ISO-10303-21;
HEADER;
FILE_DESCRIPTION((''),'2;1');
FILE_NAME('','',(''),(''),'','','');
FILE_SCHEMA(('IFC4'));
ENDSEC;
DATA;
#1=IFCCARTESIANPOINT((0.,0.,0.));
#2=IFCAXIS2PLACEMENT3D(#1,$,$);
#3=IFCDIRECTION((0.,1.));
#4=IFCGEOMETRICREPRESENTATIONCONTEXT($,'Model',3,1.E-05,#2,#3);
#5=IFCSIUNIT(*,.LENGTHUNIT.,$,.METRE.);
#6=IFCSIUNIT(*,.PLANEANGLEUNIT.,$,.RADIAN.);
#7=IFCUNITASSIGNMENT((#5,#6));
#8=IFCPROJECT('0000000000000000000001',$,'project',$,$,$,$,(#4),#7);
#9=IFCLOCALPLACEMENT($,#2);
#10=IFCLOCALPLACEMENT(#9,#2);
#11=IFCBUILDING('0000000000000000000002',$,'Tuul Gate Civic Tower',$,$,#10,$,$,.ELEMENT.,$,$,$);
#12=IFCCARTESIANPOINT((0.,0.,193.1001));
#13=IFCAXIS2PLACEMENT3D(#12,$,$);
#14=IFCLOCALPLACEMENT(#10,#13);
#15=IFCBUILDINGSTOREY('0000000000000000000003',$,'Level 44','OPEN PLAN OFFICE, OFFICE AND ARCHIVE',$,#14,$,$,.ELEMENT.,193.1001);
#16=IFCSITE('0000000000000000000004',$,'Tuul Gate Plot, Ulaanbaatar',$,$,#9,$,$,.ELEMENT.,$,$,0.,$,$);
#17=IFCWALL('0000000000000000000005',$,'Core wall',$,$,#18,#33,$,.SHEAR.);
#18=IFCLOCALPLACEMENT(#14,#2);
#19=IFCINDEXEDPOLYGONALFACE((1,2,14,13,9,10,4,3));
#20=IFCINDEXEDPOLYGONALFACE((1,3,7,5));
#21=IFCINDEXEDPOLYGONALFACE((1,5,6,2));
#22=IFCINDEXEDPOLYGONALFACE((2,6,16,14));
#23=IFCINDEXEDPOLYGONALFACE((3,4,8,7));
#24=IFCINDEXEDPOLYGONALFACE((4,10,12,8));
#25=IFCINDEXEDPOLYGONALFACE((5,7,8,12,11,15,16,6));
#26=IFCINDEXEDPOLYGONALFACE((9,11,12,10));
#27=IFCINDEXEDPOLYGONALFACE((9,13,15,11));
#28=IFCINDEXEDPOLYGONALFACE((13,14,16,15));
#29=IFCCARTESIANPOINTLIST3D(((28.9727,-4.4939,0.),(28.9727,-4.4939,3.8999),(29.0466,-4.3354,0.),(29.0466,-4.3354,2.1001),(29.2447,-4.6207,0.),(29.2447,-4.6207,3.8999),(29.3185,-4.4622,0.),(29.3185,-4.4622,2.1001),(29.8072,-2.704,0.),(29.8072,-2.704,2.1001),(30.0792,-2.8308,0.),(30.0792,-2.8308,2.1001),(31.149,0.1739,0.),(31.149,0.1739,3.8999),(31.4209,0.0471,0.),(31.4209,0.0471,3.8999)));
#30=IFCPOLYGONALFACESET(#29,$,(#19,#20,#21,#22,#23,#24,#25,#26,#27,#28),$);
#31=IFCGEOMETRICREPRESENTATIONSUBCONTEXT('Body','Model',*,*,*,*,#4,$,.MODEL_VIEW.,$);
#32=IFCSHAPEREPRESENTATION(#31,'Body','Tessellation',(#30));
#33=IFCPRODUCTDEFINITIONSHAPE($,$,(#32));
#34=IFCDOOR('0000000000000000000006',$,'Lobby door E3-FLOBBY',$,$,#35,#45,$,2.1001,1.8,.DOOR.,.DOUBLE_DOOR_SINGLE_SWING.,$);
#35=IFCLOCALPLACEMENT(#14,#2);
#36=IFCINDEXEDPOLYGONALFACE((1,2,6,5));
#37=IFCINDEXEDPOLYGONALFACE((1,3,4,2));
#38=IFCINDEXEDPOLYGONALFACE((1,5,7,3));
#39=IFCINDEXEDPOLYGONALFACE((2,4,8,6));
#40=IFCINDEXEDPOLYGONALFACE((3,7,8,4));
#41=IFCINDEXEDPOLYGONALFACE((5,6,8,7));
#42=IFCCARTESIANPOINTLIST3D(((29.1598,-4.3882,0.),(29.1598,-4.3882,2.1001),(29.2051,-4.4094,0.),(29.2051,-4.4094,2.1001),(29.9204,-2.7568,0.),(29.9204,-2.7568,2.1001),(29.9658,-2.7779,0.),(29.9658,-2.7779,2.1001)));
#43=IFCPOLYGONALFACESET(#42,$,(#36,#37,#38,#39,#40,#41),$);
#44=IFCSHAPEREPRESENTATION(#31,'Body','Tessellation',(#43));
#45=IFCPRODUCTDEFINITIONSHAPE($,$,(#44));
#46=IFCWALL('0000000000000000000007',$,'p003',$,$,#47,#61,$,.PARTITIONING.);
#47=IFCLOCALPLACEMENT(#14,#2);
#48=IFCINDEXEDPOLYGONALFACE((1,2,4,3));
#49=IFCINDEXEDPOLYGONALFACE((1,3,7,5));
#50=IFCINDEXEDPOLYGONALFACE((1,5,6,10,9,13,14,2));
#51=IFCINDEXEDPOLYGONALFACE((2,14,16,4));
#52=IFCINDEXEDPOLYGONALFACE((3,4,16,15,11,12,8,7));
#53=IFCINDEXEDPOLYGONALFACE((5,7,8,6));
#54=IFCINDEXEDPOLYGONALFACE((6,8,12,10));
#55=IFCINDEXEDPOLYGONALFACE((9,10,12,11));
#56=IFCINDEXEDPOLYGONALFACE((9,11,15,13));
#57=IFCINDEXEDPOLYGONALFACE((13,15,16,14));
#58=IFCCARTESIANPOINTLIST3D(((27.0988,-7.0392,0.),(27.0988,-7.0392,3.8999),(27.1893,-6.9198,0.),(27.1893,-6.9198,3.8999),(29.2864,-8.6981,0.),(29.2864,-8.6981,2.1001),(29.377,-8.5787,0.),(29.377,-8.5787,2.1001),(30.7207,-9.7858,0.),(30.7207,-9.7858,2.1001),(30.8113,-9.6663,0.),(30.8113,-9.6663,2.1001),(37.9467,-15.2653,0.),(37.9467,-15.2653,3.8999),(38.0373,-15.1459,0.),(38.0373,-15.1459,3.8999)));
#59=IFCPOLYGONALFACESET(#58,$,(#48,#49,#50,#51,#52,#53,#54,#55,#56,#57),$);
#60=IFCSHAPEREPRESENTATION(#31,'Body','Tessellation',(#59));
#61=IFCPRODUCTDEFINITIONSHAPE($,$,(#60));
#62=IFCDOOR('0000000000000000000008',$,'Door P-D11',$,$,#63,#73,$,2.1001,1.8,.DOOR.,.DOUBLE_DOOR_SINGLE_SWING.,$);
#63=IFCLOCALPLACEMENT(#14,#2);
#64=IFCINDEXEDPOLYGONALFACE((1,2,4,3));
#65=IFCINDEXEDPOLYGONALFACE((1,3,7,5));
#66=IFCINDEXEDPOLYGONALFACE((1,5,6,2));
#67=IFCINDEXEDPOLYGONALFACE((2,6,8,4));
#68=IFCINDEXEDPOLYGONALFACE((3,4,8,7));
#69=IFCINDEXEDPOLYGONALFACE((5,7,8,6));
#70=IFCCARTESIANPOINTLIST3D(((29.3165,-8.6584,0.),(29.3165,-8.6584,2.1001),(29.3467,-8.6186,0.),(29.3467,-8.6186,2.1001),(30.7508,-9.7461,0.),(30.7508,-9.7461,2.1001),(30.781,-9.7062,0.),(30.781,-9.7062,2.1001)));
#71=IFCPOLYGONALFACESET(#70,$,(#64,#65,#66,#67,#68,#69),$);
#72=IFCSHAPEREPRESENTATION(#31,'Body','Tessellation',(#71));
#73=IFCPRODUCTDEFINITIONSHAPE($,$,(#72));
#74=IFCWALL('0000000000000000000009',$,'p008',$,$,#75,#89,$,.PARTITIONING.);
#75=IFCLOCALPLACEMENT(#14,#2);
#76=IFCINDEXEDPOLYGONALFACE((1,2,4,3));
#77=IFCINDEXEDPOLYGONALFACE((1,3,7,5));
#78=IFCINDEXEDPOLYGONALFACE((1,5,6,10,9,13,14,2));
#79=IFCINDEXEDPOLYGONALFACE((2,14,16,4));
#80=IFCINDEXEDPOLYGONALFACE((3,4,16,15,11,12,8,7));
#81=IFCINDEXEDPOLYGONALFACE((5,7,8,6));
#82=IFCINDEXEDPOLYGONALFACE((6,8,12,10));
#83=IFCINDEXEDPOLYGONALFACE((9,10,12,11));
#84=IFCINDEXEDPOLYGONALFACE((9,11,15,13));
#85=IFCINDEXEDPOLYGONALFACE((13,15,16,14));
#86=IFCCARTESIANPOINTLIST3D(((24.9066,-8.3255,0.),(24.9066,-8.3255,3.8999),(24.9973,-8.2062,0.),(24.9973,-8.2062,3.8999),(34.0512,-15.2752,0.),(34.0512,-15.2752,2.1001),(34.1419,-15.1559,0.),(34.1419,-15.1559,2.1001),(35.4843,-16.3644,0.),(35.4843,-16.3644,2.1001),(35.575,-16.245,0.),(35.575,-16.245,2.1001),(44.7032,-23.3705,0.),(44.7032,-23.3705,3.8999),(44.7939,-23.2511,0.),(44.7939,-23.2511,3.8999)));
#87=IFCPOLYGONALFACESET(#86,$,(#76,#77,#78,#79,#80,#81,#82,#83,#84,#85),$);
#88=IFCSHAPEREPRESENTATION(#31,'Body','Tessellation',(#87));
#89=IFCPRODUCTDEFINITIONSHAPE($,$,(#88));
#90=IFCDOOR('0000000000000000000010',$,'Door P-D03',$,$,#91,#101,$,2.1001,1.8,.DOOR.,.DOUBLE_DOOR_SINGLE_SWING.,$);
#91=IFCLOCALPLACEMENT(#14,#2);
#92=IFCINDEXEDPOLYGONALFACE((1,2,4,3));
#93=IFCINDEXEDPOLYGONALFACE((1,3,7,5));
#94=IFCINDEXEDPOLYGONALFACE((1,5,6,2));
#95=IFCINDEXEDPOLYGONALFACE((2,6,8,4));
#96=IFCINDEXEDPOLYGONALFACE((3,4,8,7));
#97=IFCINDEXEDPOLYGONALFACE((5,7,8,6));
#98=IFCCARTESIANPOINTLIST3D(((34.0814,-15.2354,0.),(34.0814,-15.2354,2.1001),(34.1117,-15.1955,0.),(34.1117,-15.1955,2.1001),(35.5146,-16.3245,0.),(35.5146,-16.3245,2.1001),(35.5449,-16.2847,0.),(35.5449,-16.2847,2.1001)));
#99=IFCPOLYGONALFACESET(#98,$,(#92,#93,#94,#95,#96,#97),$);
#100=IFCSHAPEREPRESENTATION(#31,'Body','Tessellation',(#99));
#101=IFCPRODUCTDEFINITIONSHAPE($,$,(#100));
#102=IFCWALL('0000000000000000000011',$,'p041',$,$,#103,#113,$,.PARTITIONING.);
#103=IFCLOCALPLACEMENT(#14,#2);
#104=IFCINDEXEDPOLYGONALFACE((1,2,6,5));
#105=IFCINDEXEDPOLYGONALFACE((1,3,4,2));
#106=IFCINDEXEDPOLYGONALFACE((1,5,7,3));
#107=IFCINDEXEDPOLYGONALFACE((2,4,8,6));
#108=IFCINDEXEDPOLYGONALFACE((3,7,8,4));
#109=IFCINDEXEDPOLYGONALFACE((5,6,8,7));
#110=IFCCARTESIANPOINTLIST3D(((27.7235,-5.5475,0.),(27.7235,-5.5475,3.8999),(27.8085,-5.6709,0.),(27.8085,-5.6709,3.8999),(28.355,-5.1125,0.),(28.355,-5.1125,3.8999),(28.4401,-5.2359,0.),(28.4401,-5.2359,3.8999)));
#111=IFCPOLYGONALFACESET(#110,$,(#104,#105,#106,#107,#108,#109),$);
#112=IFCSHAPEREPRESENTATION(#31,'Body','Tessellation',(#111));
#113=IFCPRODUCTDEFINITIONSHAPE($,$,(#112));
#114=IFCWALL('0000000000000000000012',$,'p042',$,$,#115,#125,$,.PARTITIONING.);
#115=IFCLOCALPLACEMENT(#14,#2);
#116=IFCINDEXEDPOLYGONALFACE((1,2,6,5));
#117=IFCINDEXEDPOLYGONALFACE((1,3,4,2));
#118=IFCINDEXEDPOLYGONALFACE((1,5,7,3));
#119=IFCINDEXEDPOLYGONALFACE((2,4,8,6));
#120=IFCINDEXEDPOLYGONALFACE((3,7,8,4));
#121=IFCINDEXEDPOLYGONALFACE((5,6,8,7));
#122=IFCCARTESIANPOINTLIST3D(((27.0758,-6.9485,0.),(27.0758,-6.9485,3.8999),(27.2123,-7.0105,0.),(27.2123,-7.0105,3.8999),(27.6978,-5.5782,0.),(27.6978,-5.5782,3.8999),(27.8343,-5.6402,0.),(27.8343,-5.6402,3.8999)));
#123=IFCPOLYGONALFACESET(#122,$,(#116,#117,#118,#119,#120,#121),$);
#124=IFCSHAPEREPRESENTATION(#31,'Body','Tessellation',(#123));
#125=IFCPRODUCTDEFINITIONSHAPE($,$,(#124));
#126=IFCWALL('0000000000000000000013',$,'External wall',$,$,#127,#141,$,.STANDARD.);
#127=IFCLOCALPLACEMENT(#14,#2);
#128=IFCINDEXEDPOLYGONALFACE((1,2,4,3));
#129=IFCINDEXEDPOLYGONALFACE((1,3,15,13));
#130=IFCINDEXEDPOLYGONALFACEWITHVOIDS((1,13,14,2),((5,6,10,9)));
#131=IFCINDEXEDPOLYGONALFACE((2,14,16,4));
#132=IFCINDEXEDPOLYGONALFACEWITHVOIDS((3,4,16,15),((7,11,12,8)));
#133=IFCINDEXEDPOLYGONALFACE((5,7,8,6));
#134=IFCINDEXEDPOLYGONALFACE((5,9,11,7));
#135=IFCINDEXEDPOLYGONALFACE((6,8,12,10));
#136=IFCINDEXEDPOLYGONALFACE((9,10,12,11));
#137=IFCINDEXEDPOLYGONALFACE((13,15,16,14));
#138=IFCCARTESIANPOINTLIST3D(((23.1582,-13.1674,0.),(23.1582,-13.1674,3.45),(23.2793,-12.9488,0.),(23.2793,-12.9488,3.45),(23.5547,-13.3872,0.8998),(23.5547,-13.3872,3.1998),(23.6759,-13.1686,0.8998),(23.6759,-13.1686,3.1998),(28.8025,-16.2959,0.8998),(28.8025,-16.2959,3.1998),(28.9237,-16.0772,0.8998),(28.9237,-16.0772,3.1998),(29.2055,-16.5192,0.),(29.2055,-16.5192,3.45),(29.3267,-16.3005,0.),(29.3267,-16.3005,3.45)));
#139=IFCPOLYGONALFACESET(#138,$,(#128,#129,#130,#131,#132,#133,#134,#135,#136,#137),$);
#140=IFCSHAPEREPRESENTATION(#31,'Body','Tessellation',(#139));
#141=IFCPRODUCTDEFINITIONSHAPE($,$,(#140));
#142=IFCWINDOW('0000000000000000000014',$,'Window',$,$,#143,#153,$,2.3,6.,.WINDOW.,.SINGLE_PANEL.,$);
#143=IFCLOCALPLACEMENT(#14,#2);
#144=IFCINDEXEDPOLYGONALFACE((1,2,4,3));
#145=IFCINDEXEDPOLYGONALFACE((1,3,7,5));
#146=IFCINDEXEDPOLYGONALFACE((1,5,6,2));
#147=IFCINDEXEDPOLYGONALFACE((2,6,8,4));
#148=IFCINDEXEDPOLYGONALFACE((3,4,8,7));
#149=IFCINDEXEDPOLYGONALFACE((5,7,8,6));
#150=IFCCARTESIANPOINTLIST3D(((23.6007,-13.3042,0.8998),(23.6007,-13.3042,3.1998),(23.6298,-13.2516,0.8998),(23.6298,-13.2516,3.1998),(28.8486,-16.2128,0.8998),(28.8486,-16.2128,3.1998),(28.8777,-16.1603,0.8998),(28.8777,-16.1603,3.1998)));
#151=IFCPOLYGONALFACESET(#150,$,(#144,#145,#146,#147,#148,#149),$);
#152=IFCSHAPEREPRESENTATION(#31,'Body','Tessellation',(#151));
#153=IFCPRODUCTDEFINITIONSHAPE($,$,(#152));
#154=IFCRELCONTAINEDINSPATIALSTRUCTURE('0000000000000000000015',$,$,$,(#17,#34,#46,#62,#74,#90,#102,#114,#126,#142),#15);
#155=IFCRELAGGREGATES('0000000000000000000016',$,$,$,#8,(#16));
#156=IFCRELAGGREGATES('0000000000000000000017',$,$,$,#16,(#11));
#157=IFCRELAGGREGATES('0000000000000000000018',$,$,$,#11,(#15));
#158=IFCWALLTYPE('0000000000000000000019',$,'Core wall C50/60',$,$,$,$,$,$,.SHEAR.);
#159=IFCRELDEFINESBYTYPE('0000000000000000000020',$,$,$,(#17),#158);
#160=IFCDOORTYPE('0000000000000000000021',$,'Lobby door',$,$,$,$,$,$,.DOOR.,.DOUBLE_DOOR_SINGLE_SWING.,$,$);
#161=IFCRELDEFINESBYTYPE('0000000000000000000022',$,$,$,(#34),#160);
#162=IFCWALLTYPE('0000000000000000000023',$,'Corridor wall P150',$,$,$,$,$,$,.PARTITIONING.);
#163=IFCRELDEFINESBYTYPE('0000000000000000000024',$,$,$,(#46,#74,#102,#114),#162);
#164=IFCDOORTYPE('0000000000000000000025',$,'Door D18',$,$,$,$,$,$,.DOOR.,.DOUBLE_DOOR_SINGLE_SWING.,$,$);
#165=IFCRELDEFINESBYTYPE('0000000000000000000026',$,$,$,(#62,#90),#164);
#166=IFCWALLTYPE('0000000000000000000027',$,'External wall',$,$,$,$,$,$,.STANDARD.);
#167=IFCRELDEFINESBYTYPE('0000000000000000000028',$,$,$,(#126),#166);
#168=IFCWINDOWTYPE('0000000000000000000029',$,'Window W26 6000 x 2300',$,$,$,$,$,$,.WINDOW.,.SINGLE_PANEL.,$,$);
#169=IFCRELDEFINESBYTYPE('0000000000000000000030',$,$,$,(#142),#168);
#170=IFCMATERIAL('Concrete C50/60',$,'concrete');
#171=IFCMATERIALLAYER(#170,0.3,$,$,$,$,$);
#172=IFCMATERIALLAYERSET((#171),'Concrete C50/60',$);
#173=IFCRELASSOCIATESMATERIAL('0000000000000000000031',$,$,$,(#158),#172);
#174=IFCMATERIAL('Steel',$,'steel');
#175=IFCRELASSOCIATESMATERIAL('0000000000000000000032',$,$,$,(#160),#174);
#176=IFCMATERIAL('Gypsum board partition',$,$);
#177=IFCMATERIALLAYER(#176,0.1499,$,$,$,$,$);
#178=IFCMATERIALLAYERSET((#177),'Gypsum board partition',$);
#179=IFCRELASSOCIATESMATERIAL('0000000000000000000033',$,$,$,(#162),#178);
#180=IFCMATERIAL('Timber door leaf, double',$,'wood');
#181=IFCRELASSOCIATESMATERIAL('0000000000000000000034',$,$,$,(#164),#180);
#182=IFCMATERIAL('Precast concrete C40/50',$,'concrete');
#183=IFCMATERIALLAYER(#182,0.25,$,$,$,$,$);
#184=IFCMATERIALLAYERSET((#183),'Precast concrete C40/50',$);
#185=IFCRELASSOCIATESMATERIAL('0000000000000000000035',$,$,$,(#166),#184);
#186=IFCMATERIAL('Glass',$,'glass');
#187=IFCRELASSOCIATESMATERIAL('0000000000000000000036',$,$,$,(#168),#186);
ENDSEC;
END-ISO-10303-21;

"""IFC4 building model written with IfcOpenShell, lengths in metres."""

from ifc_helpers import new_model, si_unit, direction, frame, frame_2d, origin, place, context, subcontext, project, spatial, rectangle, extrude, material, layer, layer_set, type_object, element, fill, save


model = new_model("IFC4")

# Units and contexts
model_context = context("Model", 3, precision=1e-05, world=origin(), true_north=direction((0.0, 1.0)))
body_context = subcontext(model_context, "Body", "Model", "MODEL_VIEW")
ifc_project = project(units=[si_unit("LENGTHUNIT", "METRE"), si_unit("PLANEANGLEUNIT", "RADIAN")], contexts=[model_context])

# Site, building, storey
site_placement = place(None, origin())
site = spatial("IfcSite", under=ifc_project, at=site_placement, Name="Tuul Gate Plot, Ulaanbaatar", CompositionType="ELEMENT", RefElevation=0.0)
building_placement = place(site_placement, origin())
building = spatial("IfcBuilding", under=site, at=building_placement, Name="Tuul Gate Civic Tower", CompositionType="ELEMENT")
storey_placement = place(building_placement, frame((0.0, 0.0, 193.1001)))
storey = spatial("IfcBuildingStorey", under=building, at=storey_placement, Name="Level 44", Description="OPEN PLAN OFFICE, OFFICE AND ARCHIVE", CompositionType="ELEMENT", Elevation=193.1001)

# Shared definitions
ifc_material_1 = material(Name="Concrete C50/60", Category="concrete")
ifc_layer_1 = layer(ifc_material_1, 0.3)
ifc_layer_set_1 = layer_set([ifc_layer_1], Name="Concrete C50/60")
wall_type_1 = type_object("IfcWallType", Name="Core wall C50/60", PredefinedType="SHEAR", material=ifc_layer_set_1)

# Walls, openings, doors
wall_1_placement = place(storey_placement, frame((29.1086, -4.5574, 0.0), z_axis=(0.0, 0.0, 1.0), x_axis=(0.422566, 0.906332, 0.0)))
wall_1 = element("IfcWall", 1, at=wall_1_placement, inside=storey, type_object=wall_type_1, Name="Core wall", PredefinedType="SHEAR", context=body_context, shape_type="SweptSolid", body=[
    extrude(rectangle(XDim=5.1501, YDim=0.3, at=frame_2d((2.5752, 0.0))), origin(), (0.0, 0.0, 1.0), 3.8999),
])
opening_1_placement = place(wall_1_placement, frame((0.175, 0.0, 0.0)))
opening_1 = element("IfcOpeningElement", 2, at=opening_1_placement, cuts=wall_1, PredefinedType="OPENING", context=body_context, shape_type="SweptSolid", body=[
    extrude(rectangle(XDim=1.8, YDim=2.1001, at=frame_2d((0.8999, 1.05))), frame((0.0, 0.1602, 0.0), z_axis=(0.0, -1.0, 0.0), x_axis=(1.0, 0.0, 0.0)), (0.0, 0.0, 1.0), 0.3201),
])
ifc_material_2 = material(Name="Steel", Category="steel")
door_type_1 = type_object("IfcDoorType", Name="Lobby door", OperationType="DOUBLE_DOOR_SINGLE_SWING", PredefinedType="DOOR", material=ifc_material_2)
door_1_placement = place(opening_1_placement, frame((1.8, 0.0, 0.0), z_axis=(0.0, 0.0, 1.0), x_axis=(-1.0, 0.0, 0.0)))
door_1 = element("IfcDoor", 3, at=door_1_placement, inside=storey, type_object=door_type_1, Name="Lobby door E3-FLOBBY", OperationType="DOUBLE_DOOR_SINGLE_SWING", OverallHeight=2.1001, OverallWidth=1.8, PredefinedType="DOOR", context=body_context, shape_type="SweptSolid", body=[
    extrude(rectangle(XDim=1.8, YDim=2.1001, at=frame_2d((0.9001, 1.05))), frame((0.0, 0.0249, 0.0), z_axis=(0.0, -1.0, 0.0), x_axis=(1.0, 0.0, 0.0)), (0.0, 0.0, 1.0), 0.05),
])
fill(opening_1, door_1)
ifc_material_3 = material(Name="Gypsum board partition")
ifc_layer_2 = layer(ifc_material_3, 0.1499)
ifc_layer_set_2 = layer_set([ifc_layer_2], Name="Gypsum board partition")
wall_type_2 = type_object("IfcWallType", Name="Corridor wall P150", PredefinedType="PARTITIONING", material=ifc_layer_set_2)
wall_2_placement = place(storey_placement, frame((27.144, -6.9795, 0.0), z_axis=(0.0, 0.0, 1.0), x_axis=(0.79681, -0.604229, 0.0)))
wall_2 = element("IfcWall", 4, at=wall_2_placement, inside=storey, type_object=wall_type_2, Name="p003", PredefinedType="PARTITIONING", context=body_context, shape_type="SweptSolid", body=[
    extrude(rectangle(XDim=13.6143, YDim=0.1499, at=frame_2d((6.8071, 0.0))), origin(), (0.0, 0.0, 1.0), 3.8999),
])
opening_2_placement = place(wall_2_placement, frame((2.7456, 0.0, 0.0)))
opening_2 = element("IfcOpeningElement", 5, at=opening_2_placement, cuts=wall_2, PredefinedType="OPENING", context=body_context, shape_type="SweptSolid", body=[
    extrude(rectangle(XDim=1.8, YDim=2.1001, at=frame_2d((0.8999, 1.05))), frame((0.0, 0.085, 0.0), z_axis=(0.0, -1.0, 0.0), x_axis=(1.0, 0.0, 0.0)), (0.0, 0.0, 1.0), 0.1699),
])
ifc_material_4 = material(Name="Timber door leaf, double", Category="wood")
door_type_2 = type_object("IfcDoorType", Name="Door D18", OperationType="DOUBLE_DOOR_SINGLE_SWING", PredefinedType="DOOR", material=ifc_material_4)
door_2_placement = place(opening_2_placement, origin())
door_2 = element("IfcDoor", 6, at=door_2_placement, inside=storey, type_object=door_type_2, Name="Door P-D11", OperationType="DOUBLE_DOOR_SINGLE_SWING", OverallHeight=2.1001, OverallWidth=1.8, PredefinedType="DOOR", context=body_context, shape_type="SweptSolid", body=[
    extrude(rectangle(XDim=1.8, YDim=2.1001, at=frame_2d((0.8999, 1.05))), frame((0.0, 0.0249, 0.0), z_axis=(0.0, -1.0, 0.0), x_axis=(1.0, 0.0, 0.0)), (0.0, 0.0, 1.0), 0.05),
])
fill(opening_2, door_2)
wall_3_placement = place(storey_placement, frame((24.9519, -8.2659, 0.0), z_axis=(0.0, 0.0, 1.0), x_axis=(0.796172, -0.60507, 0.0)))
wall_3 = element("IfcWall", 7, at=wall_3_placement, inside=storey, type_object=wall_type_2, Name="p008", PredefinedType="PARTITIONING", context=body_context, shape_type="SweptSolid", body=[
    extrude(rectangle(XDim=24.8647, YDim=0.1499, at=frame_2d((12.4324, 0.0))), origin(), (0.0, 0.0, 1.0), 3.8999),
])
opening_3_placement = place(wall_3_placement, frame((11.4858, 0.0, 0.0)))
opening_3 = element("IfcOpeningElement", 8, at=opening_3_placement, cuts=wall_3, PredefinedType="OPENING", context=body_context, shape_type="SweptSolid", body=[
    extrude(rectangle(XDim=1.8, YDim=2.1001, at=frame_2d((0.8999, 1.05))), frame((0.0, 0.085, 0.0), z_axis=(0.0, -1.0, 0.0), x_axis=(1.0, 0.0, 0.0)), (0.0, 0.0, 1.0), 0.1699),
])
door_3_placement = place(opening_3_placement, frame((1.8, 0.0, 0.0), z_axis=(0.0, 0.0, 1.0), x_axis=(-1.0, 0.0, 0.0)))
door_3 = element("IfcDoor", 9, at=door_3_placement, inside=storey, type_object=door_type_2, Name="Door P-D03", OperationType="DOUBLE_DOOR_SINGLE_SWING", OverallHeight=2.1001, OverallWidth=1.8, PredefinedType="DOOR", context=body_context, shape_type="SweptSolid", body=[
    extrude(rectangle(XDim=1.8, YDim=2.1001, at=frame_2d((0.9001, 1.05))), frame((0.0, 0.0249, 0.0), z_axis=(0.0, -1.0, 0.0), x_axis=(1.0, 0.0, 0.0)), (0.0, 0.0, 1.0), 0.05),
])
fill(opening_3, door_3)

# Walls
wall_4_placement = place(storey_placement, frame((27.7661, -5.6091, 0.0), z_axis=(0.0, 0.0, 1.0), x_axis=(0.823531, 0.567272, 0.0)))
element("IfcWall", 10, at=wall_4_placement, inside=storey, type_object=wall_type_2, Name="p041", PredefinedType="PARTITIONING", context=body_context, shape_type="SweptSolid", body=[
    extrude(rectangle(XDim=0.7668, YDim=0.1499, at=frame_2d((0.3833, 0.0))), origin(), (0.0, 0.0, 1.0), 3.8999),
])
wall_5_placement = place(storey_placement, frame((27.144, -6.9795, 0.0), z_axis=(0.0, 0.0, 1.0), x_axis=(0.413351, 0.910572, 0.0)))
element("IfcWall", 11, at=wall_5_placement, inside=storey, type_object=wall_type_2, Name="p042", PredefinedType="PARTITIONING", context=body_context, shape_type="SweptSolid", body=[
    extrude(rectangle(XDim=1.5049, YDim=0.1499, at=frame_2d((0.7524, 0.0))), origin(), (0.0, 0.0, 1.0), 3.8999),
])

# Wall, opening, window
ifc_material_5 = material(Name="Precast concrete C40/50", Category="concrete")
ifc_layer_3 = layer(ifc_material_5, 0.25)
ifc_layer_set_3 = layer_set([ifc_layer_3], Name="Precast concrete C40/50")
wall_type_3 = type_object("IfcWallType", Name="External wall", PredefinedType="STANDARD", material=ifc_layer_set_3)
wall_6_placement = place(storey_placement, frame((23.2188, -13.0581, 0.0), z_axis=(0.0, 0.0, 1.0), x_axis=(0.874638, -0.484776, 0.0)))
wall_6 = element("IfcWall", 12, at=wall_6_placement, inside=storey, type_object=wall_type_3, Name="External wall", PredefinedType="STANDARD", context=body_context, shape_type="SweptSolid", body=[
    extrude(rectangle(XDim=6.9141, YDim=0.25, at=frame_2d((3.457, 0.0))), origin(), (0.0, 0.0, 1.0), 3.45),
])
opening_4_placement = place(wall_6_placement, frame((0.4534, 0.0, 0.8999)))
opening_4 = element("IfcOpeningElement", 13, at=opening_4_placement, cuts=wall_6, PredefinedType="OPENING", context=body_context, shape_type="SweptSolid", body=[
    extrude(rectangle(XDim=6.0, YDim=2.3, at=frame_2d((3.0, 1.1499))), frame((0.0, 0.135, 0.0), z_axis=(0.0, -1.0, 0.0), x_axis=(1.0, 0.0, 0.0)), (0.0, 0.0, 1.0), 0.27),
])
ifc_material_6 = material(Name="Glass", Category="glass")
window_type = type_object("IfcWindowType", Name="Window W26 6000 x 2300", PartitioningType="SINGLE_PANEL", PredefinedType="WINDOW", material=ifc_material_6)
window_1_placement = place(opening_4_placement, origin())
window_1 = element("IfcWindow", 14, at=window_1_placement, inside=storey, type_object=window_type, Name="Window", OverallHeight=2.3, OverallWidth=6.0, PartitioningType="SINGLE_PANEL", PredefinedType="WINDOW", context=body_context, shape_type="SweptSolid", body=[
    extrude(rectangle(XDim=6.0, YDim=2.3, at=frame_2d((3.0, 1.1499))), frame((0.0, 0.03, 0.0), z_axis=(0.0, -1.0, 0.0), x_axis=(1.0, 0.0, 0.0)), (0.0, 0.0, 1.0), 0.0601),
])
fill(opening_4, window_1)

save(model, "model.ifc")
